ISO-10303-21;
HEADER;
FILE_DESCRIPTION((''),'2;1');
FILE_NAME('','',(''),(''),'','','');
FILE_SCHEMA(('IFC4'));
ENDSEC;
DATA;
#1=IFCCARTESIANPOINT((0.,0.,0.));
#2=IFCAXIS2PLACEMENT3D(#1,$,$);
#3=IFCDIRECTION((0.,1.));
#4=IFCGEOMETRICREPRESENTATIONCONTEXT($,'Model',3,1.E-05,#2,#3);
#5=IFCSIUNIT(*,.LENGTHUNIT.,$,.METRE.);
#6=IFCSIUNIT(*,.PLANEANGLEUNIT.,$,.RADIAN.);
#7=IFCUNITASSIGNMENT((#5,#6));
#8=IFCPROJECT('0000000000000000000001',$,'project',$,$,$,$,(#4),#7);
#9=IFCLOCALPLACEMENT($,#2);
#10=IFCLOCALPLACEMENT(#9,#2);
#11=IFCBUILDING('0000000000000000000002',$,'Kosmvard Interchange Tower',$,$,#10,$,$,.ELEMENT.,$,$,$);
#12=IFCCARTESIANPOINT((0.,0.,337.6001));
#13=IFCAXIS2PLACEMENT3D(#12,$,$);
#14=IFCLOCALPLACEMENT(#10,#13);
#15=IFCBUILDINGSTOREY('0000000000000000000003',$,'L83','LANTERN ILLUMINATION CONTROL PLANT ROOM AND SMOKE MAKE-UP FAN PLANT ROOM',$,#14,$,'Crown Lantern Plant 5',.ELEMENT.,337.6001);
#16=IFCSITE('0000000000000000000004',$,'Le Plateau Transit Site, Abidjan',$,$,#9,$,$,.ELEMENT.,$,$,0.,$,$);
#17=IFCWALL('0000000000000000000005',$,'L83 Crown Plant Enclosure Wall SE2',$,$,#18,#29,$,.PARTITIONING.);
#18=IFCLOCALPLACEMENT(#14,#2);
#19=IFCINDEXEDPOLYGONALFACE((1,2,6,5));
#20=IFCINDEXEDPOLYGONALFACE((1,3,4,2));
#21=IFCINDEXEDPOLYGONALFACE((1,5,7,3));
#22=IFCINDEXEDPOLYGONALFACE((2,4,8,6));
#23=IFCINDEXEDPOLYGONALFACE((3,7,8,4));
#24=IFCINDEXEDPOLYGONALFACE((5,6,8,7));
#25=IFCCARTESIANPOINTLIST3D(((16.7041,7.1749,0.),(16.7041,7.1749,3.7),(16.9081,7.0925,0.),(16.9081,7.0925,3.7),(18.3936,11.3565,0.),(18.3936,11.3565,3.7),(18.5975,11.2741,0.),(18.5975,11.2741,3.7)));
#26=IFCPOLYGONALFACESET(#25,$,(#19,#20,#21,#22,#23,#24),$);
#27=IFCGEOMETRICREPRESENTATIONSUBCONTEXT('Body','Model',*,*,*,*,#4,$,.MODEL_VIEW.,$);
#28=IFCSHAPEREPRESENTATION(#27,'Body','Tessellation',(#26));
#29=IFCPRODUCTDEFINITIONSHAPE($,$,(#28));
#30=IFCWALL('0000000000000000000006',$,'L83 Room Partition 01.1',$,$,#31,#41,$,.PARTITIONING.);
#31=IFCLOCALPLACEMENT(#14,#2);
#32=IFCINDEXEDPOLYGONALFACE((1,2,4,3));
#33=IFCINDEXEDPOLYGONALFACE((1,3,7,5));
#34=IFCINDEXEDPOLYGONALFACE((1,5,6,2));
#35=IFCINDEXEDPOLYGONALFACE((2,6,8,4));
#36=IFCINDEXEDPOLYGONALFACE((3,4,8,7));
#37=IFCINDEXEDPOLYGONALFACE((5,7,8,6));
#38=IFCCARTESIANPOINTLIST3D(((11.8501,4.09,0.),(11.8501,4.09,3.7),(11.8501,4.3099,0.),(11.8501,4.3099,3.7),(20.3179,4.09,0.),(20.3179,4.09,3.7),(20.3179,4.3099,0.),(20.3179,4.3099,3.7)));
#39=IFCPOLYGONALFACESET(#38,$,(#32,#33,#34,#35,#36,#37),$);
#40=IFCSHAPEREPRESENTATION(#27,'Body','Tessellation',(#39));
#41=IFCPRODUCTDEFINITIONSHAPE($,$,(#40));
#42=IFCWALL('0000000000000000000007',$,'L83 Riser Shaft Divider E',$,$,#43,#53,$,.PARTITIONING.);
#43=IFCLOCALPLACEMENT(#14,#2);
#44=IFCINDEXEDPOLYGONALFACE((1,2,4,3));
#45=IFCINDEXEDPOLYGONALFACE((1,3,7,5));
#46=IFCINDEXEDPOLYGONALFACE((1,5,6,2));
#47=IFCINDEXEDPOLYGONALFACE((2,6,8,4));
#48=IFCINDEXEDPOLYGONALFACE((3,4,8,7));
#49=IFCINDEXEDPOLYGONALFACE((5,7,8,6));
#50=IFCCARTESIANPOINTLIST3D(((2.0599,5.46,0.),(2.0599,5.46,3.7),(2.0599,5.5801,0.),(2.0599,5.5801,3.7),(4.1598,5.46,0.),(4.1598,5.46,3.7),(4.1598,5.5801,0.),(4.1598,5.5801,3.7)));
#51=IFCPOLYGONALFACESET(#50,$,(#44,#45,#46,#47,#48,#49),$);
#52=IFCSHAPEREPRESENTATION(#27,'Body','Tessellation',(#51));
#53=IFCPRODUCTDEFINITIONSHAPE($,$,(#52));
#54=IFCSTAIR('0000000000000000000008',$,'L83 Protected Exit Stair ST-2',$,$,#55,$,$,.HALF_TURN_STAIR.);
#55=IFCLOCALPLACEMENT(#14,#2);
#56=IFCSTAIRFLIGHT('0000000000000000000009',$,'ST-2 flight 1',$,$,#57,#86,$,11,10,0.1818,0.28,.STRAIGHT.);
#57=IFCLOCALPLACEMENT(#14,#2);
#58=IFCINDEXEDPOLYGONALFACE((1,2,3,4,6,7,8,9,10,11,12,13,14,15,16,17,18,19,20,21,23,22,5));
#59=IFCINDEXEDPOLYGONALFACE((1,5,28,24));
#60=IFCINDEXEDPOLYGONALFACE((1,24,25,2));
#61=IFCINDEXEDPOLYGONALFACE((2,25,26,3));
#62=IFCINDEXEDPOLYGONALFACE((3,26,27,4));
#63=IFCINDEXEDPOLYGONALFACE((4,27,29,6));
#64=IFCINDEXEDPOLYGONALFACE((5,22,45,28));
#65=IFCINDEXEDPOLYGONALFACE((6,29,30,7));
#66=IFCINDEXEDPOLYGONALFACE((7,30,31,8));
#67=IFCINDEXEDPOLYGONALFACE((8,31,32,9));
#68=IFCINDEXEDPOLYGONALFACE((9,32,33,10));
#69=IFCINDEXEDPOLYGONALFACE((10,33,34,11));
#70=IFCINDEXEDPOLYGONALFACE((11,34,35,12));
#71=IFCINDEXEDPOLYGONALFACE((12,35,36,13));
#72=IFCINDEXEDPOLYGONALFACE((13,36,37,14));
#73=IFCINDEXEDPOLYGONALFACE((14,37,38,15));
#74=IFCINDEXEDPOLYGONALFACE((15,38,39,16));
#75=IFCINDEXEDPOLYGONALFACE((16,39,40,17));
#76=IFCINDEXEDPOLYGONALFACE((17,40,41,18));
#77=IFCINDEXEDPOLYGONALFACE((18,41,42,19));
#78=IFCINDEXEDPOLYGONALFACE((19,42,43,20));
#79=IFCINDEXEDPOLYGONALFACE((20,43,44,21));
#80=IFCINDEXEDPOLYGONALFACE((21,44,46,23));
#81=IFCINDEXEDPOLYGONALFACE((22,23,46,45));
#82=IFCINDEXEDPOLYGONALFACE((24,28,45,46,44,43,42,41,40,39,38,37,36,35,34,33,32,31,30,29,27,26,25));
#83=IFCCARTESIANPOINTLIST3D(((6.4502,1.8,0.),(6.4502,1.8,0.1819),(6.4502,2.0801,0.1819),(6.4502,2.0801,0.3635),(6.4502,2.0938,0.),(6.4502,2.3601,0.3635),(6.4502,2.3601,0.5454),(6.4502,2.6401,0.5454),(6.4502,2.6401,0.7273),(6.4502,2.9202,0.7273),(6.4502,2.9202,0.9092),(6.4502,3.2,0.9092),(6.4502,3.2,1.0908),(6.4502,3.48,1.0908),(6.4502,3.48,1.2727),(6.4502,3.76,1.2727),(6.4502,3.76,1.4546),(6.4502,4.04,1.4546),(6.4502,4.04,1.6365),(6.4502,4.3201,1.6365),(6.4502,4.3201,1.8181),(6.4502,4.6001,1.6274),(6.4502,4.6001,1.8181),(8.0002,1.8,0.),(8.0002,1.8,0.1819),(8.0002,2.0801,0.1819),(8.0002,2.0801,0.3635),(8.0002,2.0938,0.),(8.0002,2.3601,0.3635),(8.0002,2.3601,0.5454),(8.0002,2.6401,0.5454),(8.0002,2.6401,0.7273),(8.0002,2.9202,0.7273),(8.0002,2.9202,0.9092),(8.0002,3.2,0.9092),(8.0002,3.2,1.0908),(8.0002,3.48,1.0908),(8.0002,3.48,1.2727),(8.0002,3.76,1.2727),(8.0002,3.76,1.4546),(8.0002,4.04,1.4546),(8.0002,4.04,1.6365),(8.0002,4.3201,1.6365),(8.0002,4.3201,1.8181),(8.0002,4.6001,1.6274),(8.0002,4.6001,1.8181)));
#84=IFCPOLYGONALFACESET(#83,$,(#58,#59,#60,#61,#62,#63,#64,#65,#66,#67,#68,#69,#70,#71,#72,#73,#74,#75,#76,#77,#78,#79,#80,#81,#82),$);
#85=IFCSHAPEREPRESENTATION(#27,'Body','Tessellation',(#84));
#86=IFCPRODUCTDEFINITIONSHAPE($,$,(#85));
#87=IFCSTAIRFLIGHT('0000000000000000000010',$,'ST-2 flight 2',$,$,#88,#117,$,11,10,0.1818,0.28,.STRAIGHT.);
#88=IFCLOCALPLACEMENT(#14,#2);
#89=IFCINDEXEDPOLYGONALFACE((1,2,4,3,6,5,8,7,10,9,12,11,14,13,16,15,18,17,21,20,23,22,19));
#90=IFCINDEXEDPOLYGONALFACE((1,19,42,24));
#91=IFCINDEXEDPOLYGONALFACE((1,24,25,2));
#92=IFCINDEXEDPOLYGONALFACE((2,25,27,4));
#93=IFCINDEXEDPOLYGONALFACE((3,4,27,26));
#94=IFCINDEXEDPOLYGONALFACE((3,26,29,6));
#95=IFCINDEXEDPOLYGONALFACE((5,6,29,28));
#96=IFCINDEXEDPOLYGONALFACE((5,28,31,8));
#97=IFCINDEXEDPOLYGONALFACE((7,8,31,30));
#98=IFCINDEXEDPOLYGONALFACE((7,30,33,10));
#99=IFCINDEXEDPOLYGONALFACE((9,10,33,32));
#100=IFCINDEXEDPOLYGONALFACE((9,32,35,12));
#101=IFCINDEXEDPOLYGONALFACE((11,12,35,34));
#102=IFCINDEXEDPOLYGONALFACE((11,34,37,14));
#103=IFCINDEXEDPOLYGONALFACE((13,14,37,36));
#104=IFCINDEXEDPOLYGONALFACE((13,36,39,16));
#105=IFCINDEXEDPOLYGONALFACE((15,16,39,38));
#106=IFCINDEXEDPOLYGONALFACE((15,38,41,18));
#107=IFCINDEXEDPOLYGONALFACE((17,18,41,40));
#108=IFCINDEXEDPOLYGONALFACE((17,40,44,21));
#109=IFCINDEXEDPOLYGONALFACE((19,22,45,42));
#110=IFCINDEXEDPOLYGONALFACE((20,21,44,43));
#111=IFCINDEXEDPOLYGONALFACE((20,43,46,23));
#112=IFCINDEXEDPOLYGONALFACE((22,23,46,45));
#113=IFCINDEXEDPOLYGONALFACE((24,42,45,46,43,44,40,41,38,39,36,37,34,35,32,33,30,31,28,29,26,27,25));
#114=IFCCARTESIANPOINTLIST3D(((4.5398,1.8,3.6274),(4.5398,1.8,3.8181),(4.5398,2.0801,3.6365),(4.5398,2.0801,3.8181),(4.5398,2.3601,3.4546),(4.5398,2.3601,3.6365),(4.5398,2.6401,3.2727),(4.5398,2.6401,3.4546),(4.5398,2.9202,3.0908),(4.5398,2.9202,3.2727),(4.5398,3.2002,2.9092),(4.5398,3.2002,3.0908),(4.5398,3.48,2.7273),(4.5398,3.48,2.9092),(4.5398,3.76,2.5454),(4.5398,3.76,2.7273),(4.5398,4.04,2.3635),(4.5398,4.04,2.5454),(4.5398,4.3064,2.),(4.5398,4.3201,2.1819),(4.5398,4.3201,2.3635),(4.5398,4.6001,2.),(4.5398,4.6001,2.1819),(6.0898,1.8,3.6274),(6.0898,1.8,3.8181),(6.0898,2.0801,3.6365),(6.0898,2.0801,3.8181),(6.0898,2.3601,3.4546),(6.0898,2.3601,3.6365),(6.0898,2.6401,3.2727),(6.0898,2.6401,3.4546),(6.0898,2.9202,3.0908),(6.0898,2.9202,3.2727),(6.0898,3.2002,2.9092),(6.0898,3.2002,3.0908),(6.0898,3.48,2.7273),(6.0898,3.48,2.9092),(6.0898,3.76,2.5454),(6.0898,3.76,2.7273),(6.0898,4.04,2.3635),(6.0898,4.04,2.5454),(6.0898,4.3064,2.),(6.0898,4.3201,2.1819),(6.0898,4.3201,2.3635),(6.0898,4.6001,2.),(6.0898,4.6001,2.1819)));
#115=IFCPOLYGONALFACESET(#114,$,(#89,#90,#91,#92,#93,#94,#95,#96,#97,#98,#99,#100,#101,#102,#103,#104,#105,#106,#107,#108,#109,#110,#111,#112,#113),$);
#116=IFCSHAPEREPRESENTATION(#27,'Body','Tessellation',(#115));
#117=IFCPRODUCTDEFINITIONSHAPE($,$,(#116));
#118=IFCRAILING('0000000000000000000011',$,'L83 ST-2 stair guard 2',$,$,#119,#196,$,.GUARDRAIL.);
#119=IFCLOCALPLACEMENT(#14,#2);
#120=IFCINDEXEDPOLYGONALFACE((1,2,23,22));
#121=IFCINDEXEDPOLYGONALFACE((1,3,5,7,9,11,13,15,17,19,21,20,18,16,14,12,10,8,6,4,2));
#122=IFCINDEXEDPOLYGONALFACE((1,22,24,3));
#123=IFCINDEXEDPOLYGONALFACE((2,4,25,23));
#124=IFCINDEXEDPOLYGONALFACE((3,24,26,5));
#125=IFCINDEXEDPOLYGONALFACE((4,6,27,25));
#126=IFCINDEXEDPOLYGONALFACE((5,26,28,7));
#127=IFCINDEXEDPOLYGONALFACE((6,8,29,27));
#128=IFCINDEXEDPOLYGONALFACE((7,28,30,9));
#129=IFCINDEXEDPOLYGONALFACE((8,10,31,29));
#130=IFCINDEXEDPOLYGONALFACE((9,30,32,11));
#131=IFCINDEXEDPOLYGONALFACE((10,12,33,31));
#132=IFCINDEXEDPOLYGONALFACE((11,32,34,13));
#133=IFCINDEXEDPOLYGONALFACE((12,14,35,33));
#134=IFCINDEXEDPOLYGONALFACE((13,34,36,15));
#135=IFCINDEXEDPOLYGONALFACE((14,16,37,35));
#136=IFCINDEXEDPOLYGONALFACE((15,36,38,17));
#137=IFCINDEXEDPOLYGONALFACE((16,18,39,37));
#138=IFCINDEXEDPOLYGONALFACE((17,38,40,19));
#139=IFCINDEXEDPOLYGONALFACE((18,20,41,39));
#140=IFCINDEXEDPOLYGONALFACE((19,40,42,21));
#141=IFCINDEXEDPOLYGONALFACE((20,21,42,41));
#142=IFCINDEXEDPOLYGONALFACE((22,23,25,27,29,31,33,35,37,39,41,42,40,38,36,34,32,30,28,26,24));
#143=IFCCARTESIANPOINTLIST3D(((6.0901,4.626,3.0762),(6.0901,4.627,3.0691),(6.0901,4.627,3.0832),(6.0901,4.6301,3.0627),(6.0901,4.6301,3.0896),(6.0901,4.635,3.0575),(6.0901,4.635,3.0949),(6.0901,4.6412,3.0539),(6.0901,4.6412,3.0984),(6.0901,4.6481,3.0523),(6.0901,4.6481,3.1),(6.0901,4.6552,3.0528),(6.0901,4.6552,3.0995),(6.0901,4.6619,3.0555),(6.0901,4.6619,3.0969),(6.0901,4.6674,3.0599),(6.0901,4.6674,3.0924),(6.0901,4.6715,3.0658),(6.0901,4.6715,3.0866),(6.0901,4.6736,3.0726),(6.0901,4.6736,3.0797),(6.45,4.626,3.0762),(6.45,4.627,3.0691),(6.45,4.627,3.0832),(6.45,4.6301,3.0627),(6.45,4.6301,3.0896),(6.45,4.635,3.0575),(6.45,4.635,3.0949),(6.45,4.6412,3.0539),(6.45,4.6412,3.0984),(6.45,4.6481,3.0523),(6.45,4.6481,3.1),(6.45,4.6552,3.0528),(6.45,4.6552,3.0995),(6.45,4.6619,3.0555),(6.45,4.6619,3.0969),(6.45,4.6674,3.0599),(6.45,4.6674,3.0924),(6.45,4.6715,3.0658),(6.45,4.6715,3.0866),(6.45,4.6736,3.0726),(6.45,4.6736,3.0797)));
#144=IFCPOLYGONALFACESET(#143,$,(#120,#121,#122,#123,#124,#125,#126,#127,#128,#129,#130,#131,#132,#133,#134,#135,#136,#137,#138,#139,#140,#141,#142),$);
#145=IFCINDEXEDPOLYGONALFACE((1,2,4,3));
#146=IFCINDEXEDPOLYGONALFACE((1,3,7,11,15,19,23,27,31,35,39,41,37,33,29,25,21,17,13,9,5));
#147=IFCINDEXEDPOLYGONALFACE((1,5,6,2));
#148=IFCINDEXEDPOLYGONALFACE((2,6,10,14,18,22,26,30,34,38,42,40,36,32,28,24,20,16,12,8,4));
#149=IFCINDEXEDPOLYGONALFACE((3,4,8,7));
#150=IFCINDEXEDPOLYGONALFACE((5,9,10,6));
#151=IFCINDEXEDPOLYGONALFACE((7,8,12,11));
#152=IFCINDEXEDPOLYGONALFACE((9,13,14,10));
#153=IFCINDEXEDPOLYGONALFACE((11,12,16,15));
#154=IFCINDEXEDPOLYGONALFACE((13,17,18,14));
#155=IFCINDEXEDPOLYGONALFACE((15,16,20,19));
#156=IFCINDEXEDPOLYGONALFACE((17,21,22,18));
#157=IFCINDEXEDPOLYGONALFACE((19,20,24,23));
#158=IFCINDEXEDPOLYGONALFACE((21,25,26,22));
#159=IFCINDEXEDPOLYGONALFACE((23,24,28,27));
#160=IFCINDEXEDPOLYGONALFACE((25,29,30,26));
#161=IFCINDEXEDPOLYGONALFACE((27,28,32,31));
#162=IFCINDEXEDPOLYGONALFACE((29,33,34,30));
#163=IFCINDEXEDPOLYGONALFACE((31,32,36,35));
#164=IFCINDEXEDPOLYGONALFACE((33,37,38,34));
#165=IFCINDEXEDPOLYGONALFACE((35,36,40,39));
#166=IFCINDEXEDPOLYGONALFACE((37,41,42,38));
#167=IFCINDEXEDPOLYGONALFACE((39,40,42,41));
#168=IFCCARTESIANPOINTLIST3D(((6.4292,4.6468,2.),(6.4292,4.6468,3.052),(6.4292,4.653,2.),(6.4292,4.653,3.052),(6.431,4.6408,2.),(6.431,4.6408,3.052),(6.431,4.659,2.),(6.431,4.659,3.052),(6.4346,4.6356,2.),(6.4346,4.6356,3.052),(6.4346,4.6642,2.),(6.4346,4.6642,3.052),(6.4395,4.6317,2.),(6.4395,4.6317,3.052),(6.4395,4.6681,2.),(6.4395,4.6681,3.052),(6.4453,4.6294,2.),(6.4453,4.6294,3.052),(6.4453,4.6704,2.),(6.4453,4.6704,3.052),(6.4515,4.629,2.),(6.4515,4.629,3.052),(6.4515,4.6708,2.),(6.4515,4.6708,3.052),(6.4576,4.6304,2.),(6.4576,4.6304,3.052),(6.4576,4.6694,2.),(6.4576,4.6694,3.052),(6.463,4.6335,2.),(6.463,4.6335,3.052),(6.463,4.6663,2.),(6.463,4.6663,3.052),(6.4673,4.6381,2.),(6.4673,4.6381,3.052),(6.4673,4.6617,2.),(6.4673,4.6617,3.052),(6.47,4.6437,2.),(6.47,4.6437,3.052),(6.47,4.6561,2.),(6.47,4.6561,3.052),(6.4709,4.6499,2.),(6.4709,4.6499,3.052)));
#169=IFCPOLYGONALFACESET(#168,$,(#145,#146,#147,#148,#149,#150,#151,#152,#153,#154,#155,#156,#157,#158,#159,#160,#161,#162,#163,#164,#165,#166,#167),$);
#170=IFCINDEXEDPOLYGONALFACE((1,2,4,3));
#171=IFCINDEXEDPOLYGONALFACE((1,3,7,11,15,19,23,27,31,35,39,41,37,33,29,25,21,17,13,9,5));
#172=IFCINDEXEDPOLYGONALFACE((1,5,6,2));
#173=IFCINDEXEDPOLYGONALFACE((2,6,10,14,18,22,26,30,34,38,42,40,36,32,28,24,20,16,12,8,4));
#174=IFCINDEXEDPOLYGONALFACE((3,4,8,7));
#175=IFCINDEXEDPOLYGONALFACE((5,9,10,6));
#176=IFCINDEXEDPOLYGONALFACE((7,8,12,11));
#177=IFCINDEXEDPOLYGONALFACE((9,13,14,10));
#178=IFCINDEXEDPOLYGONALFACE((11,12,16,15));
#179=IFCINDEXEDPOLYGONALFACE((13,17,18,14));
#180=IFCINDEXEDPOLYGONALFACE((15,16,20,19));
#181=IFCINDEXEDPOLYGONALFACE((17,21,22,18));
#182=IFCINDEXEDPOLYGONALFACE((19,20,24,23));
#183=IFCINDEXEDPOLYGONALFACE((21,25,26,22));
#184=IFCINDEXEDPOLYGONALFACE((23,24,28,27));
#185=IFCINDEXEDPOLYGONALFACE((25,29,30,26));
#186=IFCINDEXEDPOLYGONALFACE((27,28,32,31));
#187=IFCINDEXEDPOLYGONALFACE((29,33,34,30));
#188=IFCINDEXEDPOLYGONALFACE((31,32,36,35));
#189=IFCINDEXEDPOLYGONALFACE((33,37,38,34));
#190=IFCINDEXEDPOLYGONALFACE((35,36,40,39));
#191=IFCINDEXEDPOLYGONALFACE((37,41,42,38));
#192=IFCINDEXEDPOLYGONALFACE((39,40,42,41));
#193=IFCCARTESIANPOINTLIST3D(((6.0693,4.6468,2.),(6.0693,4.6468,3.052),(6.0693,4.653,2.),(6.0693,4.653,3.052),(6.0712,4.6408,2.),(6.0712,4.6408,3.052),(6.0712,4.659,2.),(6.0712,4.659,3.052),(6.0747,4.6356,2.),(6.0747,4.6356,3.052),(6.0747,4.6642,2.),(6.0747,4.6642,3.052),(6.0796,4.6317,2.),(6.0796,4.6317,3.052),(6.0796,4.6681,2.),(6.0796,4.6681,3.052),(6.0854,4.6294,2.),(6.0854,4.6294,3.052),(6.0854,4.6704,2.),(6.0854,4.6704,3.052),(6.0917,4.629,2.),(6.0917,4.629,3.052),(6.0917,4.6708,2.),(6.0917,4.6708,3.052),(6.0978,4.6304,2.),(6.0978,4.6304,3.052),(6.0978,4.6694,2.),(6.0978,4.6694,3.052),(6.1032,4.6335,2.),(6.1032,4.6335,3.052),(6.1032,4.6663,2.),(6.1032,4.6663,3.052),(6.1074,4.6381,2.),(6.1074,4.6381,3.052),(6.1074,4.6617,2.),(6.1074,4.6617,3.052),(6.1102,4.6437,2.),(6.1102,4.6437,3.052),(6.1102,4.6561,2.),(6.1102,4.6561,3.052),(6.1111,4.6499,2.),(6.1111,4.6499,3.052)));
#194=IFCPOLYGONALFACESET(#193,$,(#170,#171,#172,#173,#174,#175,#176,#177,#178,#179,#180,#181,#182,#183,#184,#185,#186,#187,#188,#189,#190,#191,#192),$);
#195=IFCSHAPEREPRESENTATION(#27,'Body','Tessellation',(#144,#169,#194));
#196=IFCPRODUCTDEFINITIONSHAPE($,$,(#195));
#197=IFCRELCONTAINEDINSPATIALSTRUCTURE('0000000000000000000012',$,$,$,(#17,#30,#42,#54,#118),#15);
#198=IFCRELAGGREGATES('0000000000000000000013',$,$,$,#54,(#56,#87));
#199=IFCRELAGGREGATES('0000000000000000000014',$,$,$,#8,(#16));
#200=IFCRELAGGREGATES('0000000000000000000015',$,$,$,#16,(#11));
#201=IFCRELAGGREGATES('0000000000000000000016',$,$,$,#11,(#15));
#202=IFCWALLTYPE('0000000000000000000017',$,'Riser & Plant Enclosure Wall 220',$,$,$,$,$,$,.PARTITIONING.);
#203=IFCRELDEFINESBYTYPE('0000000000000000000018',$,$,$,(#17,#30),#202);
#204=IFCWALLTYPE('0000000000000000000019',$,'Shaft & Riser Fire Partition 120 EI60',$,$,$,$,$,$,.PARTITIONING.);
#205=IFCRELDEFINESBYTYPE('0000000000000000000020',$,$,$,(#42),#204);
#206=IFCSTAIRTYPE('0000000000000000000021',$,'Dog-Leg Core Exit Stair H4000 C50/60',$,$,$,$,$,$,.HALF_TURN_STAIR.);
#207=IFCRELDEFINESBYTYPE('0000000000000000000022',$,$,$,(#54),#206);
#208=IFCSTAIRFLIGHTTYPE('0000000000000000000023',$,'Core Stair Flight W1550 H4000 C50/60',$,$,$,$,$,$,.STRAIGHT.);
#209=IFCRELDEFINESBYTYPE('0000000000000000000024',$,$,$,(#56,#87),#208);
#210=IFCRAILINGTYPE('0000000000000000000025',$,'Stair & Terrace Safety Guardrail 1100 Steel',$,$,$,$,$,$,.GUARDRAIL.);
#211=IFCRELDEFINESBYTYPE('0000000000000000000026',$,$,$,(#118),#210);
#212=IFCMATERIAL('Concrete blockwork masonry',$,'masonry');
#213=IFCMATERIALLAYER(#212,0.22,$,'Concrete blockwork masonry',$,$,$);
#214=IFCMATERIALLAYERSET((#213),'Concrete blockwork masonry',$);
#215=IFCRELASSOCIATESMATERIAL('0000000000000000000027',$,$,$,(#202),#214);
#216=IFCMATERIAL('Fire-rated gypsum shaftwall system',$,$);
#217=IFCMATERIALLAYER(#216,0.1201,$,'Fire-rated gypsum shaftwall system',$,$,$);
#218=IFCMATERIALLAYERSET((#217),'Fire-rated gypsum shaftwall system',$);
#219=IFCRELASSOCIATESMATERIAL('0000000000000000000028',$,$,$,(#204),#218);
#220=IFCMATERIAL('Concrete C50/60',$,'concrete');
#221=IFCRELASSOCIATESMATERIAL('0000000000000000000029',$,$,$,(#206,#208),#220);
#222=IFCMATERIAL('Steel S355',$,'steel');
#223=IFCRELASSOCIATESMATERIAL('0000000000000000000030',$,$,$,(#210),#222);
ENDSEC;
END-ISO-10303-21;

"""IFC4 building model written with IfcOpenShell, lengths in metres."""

from ifc_helpers import new_model, si_unit, direction, frame, frame_2d, origin, origin_2d, place, context, subcontext, project, spatial, polyline, rectangle, circle, outline, extrude, source, transform, mapped, material, layer, layer_set, type_object, element, aggregate, save


model = new_model("IFC4")

# Units and contexts
model_context = context("Model", 3, precision=1e-05, world=origin(), true_north=direction((0.0, 1.0)))
body_context = subcontext(model_context, "Body", "Model", "MODEL_VIEW")
ifc_project = project(units=[si_unit("LENGTHUNIT", "METRE"), si_unit("PLANEANGLEUNIT", "RADIAN")], contexts=[model_context])

# Site, building, storey
site_placement = place(None, origin())
site = spatial("IfcSite", under=ifc_project, at=site_placement, Name="Le Plateau Transit Site, Abidjan", CompositionType="ELEMENT", RefElevation=0.0)
building_placement = place(site_placement, origin())
building = spatial("IfcBuilding", under=site, at=building_placement, Name="Kosmvard Interchange Tower", CompositionType="ELEMENT")
storey_placement = place(building_placement, frame((0.0, 0.0, 337.6001)))
storey = spatial("IfcBuildingStorey", under=building, at=storey_placement, Name="L83", Description="LANTERN ILLUMINATION CONTROL PLANT ROOM AND SMOKE MAKE-UP FAN PLANT ROOM", LongName="Crown Lantern Plant 5", CompositionType="ELEMENT", Elevation=337.6001)

# Shared definitions
ifc_material_1 = material(Name="Concrete C50/60", Category="concrete")

# Shared definitions
ifc_material_2 = material(Name="Steel S355", Category="steel")

# Walls
ifc_material_3 = material(Name="Concrete blockwork masonry", Category="masonry")
ifc_layer_1 = layer(ifc_material_3, 0.22, Name="Concrete blockwork masonry")
ifc_layer_set_1 = layer_set([ifc_layer_1], Name="Concrete blockwork masonry")
wall_type_1 = type_object("IfcWallType", Name="Riser & Plant Enclosure Wall 220", PredefinedType="PARTITIONING", material=ifc_layer_set_1)
wall_1_placement = place(storey_placement, frame((16.8062, 7.1338, 0.0), z_axis=(0.0, 0.0, 1.0), x_axis=(0.374599, 0.927187, 0.0)))
element("IfcWall", 1, at=wall_1_placement, inside=storey, type_object=wall_type_1, Name="L83 Crown Plant Enclosure Wall SE2", PredefinedType="PARTITIONING", context=body_context, shape_type="SweptSolid", body=[
    extrude(rectangle(XDim=4.51, YDim=0.22, at=frame_2d((2.2549, 0.0))), origin(), (0.0, 0.0, 1.0), 3.7),
])
wall_2_placement = place(storey_placement, frame((11.8501, 4.2, 0.0), z_axis=(0.0, 0.0, 1.0), x_axis=(1.0, 0.0, 0.0)))
element("IfcWall", 2, at=wall_2_placement, inside=storey, type_object=wall_type_1, Name="L83 Room Partition 01.1", PredefinedType="PARTITIONING", context=body_context, shape_type="SweptSolid", body=[
    extrude(rectangle(XDim=8.4678, YDim=0.22, at=frame_2d((4.2339, 0.0))), origin(), (0.0, 0.0, 1.0), 3.7),
])
ifc_material_4 = material(Name="Fire-rated gypsum shaftwall system")
ifc_layer_2 = layer(ifc_material_4, 0.1201, Name="Fire-rated gypsum shaftwall system")
ifc_layer_set_2 = layer_set([ifc_layer_2], Name="Fire-rated gypsum shaftwall system")
wall_type_2 = type_object("IfcWallType", Name="Shaft & Riser Fire Partition 120 EI60", PredefinedType="PARTITIONING", material=ifc_layer_set_2)
wall_3_placement = place(storey_placement, frame((2.0601, 5.52, 0.0), z_axis=(0.0, 0.0, 1.0), x_axis=(1.0, 0.0, 0.0)))
element("IfcWall", 3, at=wall_3_placement, inside=storey, type_object=wall_type_2, Name="L83 Riser Shaft Divider E", PredefinedType="PARTITIONING", context=body_context, shape_type="SweptSolid", body=[
    extrude(rectangle(XDim=2.0999, YDim=0.1201, at=frame_2d((1.0498, 0.0))), origin(), (0.0, 0.0, 1.0), 3.7),
])

# Stair, stair flights
stair_type = type_object("IfcStairType", Name="Dog-Leg Core Exit Stair H4000 C50/60", PredefinedType="HALF_TURN_STAIR", material=ifc_material_1)
stair_placement = place(storey_placement, origin())
stair = element("IfcStair", 4, at=stair_placement, inside=storey, type_object=stair_type, Name="L83 Protected Exit Stair ST-2", PredefinedType="HALF_TURN_STAIR")
stair_flight_type = type_object("IfcStairFlightType", Name="Core Stair Flight W1550 H4000 C50/60", PredefinedType="STRAIGHT", material=ifc_material_1)
shared_shape_1 = source(origin(), body_context, "Body", "SweptSolid", [
    extrude(outline(polyline([(0.0, 0.0), (0.0, 0.1819), (0.28, 0.1819), (0.28, 0.3635), (0.5601, 0.3635), (0.5601, 0.5454), (0.8401, 0.5454), (0.8401, 0.7273), (1.1201, 0.7273), (1.1201, 0.9092), (1.3999, 0.9092), (1.3999, 1.0908), (1.6799, 1.0908), (1.6799, 1.2727), (1.96, 1.2727), (1.96, 1.4546), (2.24, 1.4546), (2.24, 1.6365), (2.52, 1.6365), (2.52, 1.8181), (2.8, 1.8181), (2.8, 2.0), (2.8, 1.6274), (0.2937, 0.0), (0.0, 0.0)])), frame((0.0, 0.7749, 0.0), z_axis=(0.0, -1.0, 0.0), x_axis=(1.0, 0.0, 0.0)), (0.0, 0.0, 1.0), 1.55),
])
stair_flight_1_placement = place(storey_placement, frame((7.2251, 1.8, 0.0), z_axis=(0.0, 0.0, 1.0), x_axis=(0.0, 1.0, 0.0)))
stair_flight_1 = element("IfcStairFlight", 5, at=stair_flight_1_placement, type_object=stair_flight_type, Name="ST-2 flight 1", NumberOfRisers=11, NumberOfTreads=10, PredefinedType="STRAIGHT", RiserHeight=0.1818, TreadLength=0.28, context=body_context, shape_type="MappedRepresentation", body=[
    mapped(shared_shape_1, transform((0.0, 0.0, 0.0), scale=1.0)),
])
stair_flight_2_placement = place(storey_placement, frame((5.3149, 4.6001, 2.0), z_axis=(0.0, 0.0, 1.0), x_axis=(0.0, -1.0, 0.0)))
stair_flight_2 = element("IfcStairFlight", 6, at=stair_flight_2_placement, type_object=stair_flight_type, Name="ST-2 flight 2", NumberOfRisers=11, NumberOfTreads=10, PredefinedType="STRAIGHT", RiserHeight=0.1818, TreadLength=0.28, context=body_context, shape_type="MappedRepresentation", body=[
    mapped(shared_shape_1, transform((0.0, 0.0, 0.0), scale=1.0)),
])
aggregate(stair, [stair_flight_1, stair_flight_2])

# Railing
railing_type_1 = type_object("IfcRailingType", Name="Stair & Terrace Safety Guardrail 1100 Steel", PredefinedType="GUARDRAIL", material=ifc_material_2)
shared_shape_2 = source(origin(), body_context, "Body", "SweptSolid", [
    extrude(circle(Radius=0.0239, at=origin_2d()), frame((0.0, 0.0, 1.0762), z_axis=(-1.0, 0.0, 0.0), x_axis=(0.0, -1.0, 0.0)), (0.0, 0.0, 1.0), 0.3599),
    extrude(circle(Radius=0.021, at=origin_2d()), origin(), (0.0, 0.0, 1.0), 1.052),
    extrude(circle(Radius=0.021, at=origin_2d()), frame((-0.3599, 0.0, 0.0)), (0.0, 0.0, 1.0), 1.052),
])
for number, where, name in (
    (7, (6.45, 4.6499, 2.0), "L83 ST-2 stair guard 2"),
):
    element("IfcRailing", number, at=place(storey_placement, frame(where)), inside=storey, type_object=railing_type_1, Name=name, PredefinedType="GUARDRAIL", context=body_context, shape_type="MappedRepresentation", body=[
        mapped(shared_shape_2, transform((0.0, 0.0, 0.0), scale=1.0)),
    ])

save(model, "model.ifc")
